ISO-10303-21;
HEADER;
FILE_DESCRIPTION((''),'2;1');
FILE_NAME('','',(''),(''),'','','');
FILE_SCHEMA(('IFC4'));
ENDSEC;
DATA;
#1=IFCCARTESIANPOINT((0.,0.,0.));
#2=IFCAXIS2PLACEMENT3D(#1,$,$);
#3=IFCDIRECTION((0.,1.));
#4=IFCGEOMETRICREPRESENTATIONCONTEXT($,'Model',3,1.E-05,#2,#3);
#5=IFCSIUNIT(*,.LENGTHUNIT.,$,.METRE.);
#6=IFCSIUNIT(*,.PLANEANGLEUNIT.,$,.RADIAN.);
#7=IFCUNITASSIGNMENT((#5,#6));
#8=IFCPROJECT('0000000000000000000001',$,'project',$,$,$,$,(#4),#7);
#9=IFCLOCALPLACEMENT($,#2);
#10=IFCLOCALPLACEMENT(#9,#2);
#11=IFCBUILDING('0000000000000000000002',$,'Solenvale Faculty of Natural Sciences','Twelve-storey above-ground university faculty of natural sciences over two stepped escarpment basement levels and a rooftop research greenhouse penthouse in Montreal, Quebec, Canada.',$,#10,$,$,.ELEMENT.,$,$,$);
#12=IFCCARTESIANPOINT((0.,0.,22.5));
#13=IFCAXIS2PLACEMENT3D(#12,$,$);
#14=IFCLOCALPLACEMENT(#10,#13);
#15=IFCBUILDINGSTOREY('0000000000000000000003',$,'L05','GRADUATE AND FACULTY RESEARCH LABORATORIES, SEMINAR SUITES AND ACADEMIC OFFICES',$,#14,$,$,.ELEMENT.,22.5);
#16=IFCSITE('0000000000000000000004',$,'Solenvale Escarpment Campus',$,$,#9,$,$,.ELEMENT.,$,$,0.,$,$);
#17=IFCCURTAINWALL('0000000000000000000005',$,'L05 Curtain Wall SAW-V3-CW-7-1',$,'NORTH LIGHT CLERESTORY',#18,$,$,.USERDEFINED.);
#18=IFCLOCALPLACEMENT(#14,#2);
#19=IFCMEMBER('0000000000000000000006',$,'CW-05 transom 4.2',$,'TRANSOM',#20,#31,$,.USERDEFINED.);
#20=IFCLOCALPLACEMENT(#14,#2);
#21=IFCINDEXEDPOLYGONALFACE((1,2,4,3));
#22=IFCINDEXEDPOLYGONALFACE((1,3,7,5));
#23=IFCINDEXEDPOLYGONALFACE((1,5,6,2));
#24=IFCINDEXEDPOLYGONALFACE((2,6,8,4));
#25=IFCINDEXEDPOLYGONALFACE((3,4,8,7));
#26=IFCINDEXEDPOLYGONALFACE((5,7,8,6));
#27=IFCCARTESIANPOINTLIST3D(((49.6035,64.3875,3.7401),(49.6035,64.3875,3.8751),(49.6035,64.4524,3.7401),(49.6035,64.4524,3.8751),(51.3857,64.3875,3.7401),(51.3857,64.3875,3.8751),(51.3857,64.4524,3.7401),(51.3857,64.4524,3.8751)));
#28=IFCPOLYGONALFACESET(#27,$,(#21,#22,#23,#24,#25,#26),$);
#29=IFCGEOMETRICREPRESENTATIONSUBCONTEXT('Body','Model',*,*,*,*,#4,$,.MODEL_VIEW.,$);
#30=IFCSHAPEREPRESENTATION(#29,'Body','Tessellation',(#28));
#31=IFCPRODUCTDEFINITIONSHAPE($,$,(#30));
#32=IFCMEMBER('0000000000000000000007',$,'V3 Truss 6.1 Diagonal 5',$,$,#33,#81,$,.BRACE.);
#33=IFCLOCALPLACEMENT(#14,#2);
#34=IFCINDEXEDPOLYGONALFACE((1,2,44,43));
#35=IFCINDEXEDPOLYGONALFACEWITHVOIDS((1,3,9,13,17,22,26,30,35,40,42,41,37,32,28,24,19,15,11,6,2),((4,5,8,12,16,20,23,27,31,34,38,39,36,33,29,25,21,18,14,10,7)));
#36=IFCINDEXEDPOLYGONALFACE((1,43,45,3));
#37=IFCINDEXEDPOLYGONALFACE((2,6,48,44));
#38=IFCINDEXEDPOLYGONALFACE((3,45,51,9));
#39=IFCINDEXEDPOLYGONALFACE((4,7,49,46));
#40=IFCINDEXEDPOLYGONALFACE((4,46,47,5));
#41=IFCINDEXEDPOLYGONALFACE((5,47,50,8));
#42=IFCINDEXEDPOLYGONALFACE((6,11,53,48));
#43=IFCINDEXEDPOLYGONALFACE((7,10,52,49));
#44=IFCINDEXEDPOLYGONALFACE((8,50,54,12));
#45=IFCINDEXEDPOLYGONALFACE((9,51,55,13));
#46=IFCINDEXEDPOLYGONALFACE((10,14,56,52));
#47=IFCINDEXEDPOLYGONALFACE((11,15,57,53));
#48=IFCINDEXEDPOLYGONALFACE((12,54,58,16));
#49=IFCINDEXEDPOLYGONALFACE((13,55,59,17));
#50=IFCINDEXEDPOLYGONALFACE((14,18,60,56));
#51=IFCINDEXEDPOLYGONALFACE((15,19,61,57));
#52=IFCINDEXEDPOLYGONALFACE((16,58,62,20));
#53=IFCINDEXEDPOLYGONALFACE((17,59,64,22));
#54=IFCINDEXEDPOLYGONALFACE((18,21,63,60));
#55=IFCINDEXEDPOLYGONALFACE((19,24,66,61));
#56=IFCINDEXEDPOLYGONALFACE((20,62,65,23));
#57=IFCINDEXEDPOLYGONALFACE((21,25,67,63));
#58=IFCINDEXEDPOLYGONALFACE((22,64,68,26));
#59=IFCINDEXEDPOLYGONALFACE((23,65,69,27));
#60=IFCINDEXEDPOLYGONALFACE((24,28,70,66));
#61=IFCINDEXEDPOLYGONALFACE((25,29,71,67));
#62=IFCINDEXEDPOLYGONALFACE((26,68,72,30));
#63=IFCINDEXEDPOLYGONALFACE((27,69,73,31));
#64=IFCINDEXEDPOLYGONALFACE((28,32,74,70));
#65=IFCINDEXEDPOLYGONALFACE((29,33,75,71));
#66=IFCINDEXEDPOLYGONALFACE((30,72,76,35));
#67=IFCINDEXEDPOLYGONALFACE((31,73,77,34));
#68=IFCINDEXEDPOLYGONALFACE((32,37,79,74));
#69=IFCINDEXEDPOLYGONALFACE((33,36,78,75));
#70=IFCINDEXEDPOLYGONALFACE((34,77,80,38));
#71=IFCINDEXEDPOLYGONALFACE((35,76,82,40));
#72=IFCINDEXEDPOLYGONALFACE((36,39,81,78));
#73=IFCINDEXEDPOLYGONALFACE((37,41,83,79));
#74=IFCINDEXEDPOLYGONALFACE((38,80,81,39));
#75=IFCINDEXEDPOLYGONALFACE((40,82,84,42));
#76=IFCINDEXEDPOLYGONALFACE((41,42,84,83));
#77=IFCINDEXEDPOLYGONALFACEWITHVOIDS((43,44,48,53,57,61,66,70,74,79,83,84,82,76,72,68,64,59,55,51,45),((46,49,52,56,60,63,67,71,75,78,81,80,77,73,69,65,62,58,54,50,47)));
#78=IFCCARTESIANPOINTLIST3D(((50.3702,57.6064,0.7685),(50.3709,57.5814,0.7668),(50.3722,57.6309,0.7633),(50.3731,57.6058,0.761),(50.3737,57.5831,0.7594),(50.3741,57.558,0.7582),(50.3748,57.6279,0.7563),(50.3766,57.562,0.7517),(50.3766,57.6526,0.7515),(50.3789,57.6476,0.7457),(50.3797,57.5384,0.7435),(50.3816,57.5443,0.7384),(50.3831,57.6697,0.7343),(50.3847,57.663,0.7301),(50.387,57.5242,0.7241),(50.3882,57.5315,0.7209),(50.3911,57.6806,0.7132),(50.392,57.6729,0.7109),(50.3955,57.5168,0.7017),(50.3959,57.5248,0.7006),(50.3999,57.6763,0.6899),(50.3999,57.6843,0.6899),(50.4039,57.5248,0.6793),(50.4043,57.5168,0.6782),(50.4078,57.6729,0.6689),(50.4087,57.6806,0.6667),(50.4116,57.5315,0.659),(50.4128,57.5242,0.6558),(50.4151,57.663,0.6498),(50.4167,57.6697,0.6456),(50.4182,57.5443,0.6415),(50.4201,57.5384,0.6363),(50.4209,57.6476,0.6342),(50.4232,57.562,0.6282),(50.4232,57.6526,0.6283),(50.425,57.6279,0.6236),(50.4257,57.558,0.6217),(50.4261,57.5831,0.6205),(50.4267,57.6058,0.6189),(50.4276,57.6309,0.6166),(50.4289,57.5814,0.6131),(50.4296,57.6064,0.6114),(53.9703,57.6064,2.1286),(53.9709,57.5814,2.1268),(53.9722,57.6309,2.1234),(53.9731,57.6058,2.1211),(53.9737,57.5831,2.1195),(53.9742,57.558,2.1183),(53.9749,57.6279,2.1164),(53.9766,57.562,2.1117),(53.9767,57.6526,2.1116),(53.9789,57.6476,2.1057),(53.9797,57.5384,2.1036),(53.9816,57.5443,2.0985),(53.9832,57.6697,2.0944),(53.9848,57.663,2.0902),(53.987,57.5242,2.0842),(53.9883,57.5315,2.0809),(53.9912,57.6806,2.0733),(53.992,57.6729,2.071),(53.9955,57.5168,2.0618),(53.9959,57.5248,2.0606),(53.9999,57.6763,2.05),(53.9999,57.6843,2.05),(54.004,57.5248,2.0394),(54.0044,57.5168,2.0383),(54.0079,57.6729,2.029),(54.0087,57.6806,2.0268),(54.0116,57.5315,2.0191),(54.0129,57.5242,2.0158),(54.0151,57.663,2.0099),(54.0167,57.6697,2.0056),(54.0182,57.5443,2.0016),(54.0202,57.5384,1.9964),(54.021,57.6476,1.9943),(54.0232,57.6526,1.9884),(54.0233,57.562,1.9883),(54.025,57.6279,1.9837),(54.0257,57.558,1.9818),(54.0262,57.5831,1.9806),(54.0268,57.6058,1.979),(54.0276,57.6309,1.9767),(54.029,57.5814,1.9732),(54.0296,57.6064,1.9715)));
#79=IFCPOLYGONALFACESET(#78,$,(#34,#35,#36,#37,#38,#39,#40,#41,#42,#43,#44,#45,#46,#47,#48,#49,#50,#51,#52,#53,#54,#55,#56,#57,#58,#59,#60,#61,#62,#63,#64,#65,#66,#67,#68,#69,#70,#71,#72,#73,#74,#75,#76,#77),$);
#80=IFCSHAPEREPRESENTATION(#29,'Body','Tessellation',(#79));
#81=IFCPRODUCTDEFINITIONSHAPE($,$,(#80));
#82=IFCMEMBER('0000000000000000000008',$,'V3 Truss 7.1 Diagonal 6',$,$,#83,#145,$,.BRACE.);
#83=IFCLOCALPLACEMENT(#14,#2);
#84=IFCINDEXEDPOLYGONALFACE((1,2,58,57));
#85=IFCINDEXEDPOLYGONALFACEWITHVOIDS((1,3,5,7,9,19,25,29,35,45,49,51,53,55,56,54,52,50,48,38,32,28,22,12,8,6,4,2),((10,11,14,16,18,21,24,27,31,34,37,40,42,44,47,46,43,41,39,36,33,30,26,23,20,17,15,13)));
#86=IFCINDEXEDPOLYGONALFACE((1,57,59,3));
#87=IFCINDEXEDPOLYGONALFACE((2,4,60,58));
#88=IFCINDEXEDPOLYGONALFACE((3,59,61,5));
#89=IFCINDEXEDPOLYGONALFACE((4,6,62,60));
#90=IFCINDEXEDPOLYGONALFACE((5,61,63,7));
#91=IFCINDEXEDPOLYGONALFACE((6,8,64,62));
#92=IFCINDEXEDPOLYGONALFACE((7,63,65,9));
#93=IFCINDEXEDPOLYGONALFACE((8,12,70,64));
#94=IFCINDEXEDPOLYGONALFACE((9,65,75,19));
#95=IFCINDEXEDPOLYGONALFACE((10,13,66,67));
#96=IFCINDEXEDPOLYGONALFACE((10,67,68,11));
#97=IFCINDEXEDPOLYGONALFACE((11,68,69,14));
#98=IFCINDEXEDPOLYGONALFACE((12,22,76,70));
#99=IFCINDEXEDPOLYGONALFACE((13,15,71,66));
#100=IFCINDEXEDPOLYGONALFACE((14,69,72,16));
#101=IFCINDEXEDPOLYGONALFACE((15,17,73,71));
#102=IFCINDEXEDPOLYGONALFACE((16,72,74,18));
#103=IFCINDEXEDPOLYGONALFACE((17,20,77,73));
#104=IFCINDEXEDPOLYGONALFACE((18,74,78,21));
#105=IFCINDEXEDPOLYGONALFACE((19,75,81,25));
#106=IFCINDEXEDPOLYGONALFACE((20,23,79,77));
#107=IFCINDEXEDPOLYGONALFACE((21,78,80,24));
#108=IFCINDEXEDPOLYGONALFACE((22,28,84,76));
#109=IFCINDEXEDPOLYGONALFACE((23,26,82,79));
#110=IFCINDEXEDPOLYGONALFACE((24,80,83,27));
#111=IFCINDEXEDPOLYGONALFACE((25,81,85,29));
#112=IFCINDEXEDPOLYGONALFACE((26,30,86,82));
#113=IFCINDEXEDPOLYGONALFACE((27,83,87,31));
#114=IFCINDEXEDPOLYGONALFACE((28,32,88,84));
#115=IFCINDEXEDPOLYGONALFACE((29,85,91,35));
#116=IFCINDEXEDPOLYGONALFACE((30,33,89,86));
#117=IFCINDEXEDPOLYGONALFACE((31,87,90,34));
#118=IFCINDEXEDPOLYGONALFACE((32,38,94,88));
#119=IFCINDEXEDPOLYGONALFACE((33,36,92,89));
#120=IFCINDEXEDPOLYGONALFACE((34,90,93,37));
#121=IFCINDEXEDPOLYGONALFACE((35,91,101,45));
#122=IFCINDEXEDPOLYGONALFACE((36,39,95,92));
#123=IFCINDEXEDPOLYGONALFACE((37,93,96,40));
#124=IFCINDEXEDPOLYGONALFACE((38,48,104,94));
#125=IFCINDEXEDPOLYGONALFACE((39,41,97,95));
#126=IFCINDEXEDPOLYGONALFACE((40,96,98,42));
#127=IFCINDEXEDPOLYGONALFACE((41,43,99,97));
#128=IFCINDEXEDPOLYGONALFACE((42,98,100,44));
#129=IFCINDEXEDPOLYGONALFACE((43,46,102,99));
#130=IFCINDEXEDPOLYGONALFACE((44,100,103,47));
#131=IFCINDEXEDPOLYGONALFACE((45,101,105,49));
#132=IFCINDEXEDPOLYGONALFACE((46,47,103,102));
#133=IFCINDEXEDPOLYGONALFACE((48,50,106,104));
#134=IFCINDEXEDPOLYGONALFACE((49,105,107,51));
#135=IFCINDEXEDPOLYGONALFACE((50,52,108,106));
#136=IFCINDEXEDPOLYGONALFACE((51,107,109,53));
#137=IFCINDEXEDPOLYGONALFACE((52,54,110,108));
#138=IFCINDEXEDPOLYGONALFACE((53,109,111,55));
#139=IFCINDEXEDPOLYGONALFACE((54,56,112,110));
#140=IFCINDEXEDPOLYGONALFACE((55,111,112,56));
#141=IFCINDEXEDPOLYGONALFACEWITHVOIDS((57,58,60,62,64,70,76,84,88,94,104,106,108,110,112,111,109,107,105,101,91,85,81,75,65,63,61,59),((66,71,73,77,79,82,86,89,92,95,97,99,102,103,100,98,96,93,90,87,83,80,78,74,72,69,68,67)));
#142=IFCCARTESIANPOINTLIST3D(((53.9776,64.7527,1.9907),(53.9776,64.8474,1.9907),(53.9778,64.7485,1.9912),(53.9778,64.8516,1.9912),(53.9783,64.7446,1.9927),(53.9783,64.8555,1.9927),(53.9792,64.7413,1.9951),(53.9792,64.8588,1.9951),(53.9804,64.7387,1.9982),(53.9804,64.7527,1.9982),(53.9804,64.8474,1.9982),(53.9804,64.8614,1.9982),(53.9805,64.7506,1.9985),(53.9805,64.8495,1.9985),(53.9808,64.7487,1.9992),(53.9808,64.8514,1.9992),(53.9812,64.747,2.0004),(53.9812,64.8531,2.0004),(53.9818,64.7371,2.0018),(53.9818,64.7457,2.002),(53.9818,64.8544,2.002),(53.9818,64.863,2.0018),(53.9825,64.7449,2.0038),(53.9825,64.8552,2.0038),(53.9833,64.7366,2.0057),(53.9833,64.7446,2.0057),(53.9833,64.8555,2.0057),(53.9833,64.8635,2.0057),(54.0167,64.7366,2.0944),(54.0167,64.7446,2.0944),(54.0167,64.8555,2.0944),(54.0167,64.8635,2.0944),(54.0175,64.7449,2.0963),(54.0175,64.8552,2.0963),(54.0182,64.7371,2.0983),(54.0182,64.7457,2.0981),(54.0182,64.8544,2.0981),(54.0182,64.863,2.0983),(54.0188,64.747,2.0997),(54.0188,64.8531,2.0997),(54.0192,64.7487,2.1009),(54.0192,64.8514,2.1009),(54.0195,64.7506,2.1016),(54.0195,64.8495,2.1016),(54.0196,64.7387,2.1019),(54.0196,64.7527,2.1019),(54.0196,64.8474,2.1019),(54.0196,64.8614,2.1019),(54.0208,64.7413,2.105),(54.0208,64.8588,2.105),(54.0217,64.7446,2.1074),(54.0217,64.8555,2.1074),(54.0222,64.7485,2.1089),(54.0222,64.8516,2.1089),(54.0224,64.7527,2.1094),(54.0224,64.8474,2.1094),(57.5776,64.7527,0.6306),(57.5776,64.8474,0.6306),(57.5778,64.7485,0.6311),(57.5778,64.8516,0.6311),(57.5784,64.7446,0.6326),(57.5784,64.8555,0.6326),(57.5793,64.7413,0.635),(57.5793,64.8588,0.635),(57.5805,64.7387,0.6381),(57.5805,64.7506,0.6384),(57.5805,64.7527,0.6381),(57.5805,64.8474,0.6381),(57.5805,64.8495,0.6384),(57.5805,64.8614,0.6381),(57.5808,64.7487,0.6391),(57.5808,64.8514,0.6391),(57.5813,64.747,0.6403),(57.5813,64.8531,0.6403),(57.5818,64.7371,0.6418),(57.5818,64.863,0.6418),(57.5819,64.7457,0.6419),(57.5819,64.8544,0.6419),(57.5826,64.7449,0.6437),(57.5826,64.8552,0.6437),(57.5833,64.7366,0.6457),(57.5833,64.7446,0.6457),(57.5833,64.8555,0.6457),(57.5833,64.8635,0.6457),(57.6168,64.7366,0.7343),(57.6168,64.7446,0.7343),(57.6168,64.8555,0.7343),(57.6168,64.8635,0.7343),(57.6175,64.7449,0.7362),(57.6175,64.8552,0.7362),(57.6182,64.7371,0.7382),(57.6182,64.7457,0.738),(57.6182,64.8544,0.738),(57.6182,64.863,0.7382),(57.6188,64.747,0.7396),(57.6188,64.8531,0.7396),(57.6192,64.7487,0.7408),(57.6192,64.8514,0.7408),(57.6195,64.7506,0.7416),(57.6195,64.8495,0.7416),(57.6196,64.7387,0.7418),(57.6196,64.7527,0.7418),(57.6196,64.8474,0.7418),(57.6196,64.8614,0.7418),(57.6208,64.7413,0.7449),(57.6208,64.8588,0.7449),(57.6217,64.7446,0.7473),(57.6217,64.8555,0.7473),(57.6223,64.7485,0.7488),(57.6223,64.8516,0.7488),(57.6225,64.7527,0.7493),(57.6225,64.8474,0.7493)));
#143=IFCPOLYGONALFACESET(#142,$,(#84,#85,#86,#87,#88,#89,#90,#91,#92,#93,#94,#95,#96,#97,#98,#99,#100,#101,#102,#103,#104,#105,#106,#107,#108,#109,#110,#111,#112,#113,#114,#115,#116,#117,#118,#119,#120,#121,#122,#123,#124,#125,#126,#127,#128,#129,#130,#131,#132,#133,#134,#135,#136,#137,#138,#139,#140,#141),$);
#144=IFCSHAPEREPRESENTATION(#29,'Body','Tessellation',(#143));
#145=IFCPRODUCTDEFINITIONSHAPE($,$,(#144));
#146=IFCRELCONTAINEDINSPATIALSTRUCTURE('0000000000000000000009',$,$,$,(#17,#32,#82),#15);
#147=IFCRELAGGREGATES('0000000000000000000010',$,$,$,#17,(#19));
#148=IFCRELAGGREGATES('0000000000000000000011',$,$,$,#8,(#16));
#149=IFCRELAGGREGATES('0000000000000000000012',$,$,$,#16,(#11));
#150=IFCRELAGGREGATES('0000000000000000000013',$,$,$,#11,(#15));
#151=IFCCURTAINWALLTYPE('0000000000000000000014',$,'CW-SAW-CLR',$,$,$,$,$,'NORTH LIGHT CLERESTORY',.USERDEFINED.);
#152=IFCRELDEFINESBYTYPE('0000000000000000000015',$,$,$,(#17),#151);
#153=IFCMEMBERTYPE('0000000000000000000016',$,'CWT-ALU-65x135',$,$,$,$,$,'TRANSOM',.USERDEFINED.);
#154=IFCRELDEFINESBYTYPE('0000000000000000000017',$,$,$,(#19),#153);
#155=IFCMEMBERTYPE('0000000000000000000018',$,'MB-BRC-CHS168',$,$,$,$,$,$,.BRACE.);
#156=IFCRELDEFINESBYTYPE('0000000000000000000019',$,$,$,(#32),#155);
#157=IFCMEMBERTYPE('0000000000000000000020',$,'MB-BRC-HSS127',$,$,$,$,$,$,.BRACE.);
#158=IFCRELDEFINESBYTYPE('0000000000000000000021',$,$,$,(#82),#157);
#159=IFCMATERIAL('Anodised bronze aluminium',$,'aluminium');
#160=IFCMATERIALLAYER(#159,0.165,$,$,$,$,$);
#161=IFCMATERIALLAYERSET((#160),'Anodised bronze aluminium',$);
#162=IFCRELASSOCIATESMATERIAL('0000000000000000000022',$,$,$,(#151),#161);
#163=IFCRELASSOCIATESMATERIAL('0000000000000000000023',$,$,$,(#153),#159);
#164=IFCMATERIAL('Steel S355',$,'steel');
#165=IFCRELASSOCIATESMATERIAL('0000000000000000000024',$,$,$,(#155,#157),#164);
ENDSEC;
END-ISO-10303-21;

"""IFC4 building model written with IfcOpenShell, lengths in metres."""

from ifc_helpers import new_model, si_unit, direction, frame, origin, origin_2d, place, context, subcontext, project, spatial, rectangle, hollow_rectangle, hollow_circle, extrude, material, layer, layer_set, material_profile, profile_set, type_object, element, aggregate, save


model = new_model("IFC4")

# Units and contexts
model_context = context("Model", 3, precision=1e-05, world=origin(), true_north=direction((0.0, 1.0)))
body_context = subcontext(model_context, "Body", "Model", "MODEL_VIEW")
ifc_project = project(units=[si_unit("LENGTHUNIT", "METRE"), si_unit("PLANEANGLEUNIT", "RADIAN")], contexts=[model_context])

# Site, building, storey
site_placement = place(None, origin())
site = spatial("IfcSite", under=ifc_project, at=site_placement, Name="Solenvale Escarpment Campus", CompositionType="ELEMENT", RefElevation=0.0)
building_placement = place(site_placement, origin())
building = spatial("IfcBuilding", under=site, at=building_placement, Name="Solenvale Faculty of Natural Sciences", Description="Twelve-storey above-ground university faculty of natural sciences over two stepped escarpment basement levels and a rooftop research greenhouse penthouse in Montreal, Quebec, Canada.", CompositionType="ELEMENT")
storey_placement = place(building_placement, frame((0.0, 0.0, 22.5)))
storey = spatial("IfcBuildingStorey", under=building, at=storey_placement, Name="L05", Description="GRADUATE AND FACULTY RESEARCH LABORATORIES, SEMINAR SUITES AND ACADEMIC OFFICES", CompositionType="ELEMENT", Elevation=22.5)

# Shared definitions
ifc_material_1 = material(Name="Steel S355", Category="steel")

# Curtain wall, member
ifc_material_2 = material(Name="Anodised bronze aluminium", Category="aluminium")
ifc_layer_1 = layer(ifc_material_2, 0.165)
ifc_layer_set_1 = layer_set([ifc_layer_1], Name="Anodised bronze aluminium")
curtain_wall_type = type_object("IfcCurtainWallType", Name="CW-SAW-CLR", ElementType="NORTH LIGHT CLERESTORY", PredefinedType="USERDEFINED", material=ifc_layer_set_1)
curtain_wall_placement = place(storey_placement, origin())
curtain_wall = element("IfcCurtainWall", 1, at=curtain_wall_placement, inside=storey, type_object=curtain_wall_type, Name="L05 Curtain Wall SAW-V3-CW-7-1", ObjectType="NORTH LIGHT CLERESTORY", PredefinedType="USERDEFINED")
ifc_material_profile_1 = material_profile(ifc_material_2, rectangle(XDim=0.0649, YDim=0.135, at=origin_2d()), Name="ALU-TRN-65x135")
ifc_profile_set_1 = profile_set([ifc_material_profile_1], Name="Anodised bronze aluminium")
member_type_1 = type_object("IfcMemberType", Name="CWT-ALU-65x135", ElementType="TRANSOM", PredefinedType="USERDEFINED", material=ifc_profile_set_1)
member_1_placement = place(storey_placement, frame((51.3857, 64.4199, 3.8076), z_axis=(-1.0, 0.0, 0.0), x_axis=(0.0, -1.0, 0.0)))
member_1 = element("IfcMember", 2, at=member_1_placement, type_object=member_type_1, Name="CW-05 transom 4.2", ObjectType="TRANSOM", PredefinedType="USERDEFINED", context=body_context, shape_type="SweptSolid", body=[
    extrude(rectangle(XDim=0.0649, YDim=0.135, at=origin_2d()), origin(), (0.0, 0.0, 1.0), 1.7822),
])

# Members
ifc_material_profile_2 = material_profile(ifc_material_1, hollow_circle(Radius=0.0842, WallThickness=0.0081, at=origin_2d()), Name="HSS168x8.0")
ifc_profile_set_2 = profile_set([ifc_material_profile_2], Name="Steel S355")
member_type_2 = type_object("IfcMemberType", Name="MB-BRC-CHS168", PredefinedType="BRACE", material=ifc_profile_set_2)
member_2_placement = place(storey_placement, frame((50.3999, 57.6001, 0.6899), z_axis=(0.935466, 0.0, 0.353417), x_axis=(0.0, 1.0, 0.0)))
element("IfcMember", 3, at=member_2_placement, inside=storey, type_object=member_type_2, Name="V3 Truss 6.1 Diagonal 5", PredefinedType="BRACE", context=body_context, shape_type="SweptSolid", body=[
    extrude(hollow_circle(Radius=0.0842, WallThickness=0.0081, at=origin_2d()), origin(), (0.0, 0.0, 1.0), 3.8484),
])
ifc_material_profile_3 = material_profile(ifc_material_1, hollow_rectangle(XDim=0.127, YDim=0.127, WallThickness=0.0081, InnerFilletRadius=0.0081, OuterFilletRadius=0.0161, at=origin_2d()), Name="HSS127x127x8.0")
ifc_profile_set_3 = profile_set([ifc_material_profile_3], Name="Steel S355")
member_type_3 = type_object("IfcMemberType", Name="MB-BRC-HSS127", PredefinedType="BRACE", material=ifc_profile_set_3)
member_3_placement = place(storey_placement, frame((54.0, 64.8, 2.05), z_axis=(0.935466, 0.0, -0.353417), x_axis=(0.0, 1.0, 0.0)))
element("IfcMember", 4, at=member_3_placement, inside=storey, type_object=member_type_3, Name="V3 Truss 7.1 Diagonal 6", PredefinedType="BRACE", context=body_context, shape_type="SweptSolid", body=[
    extrude(hollow_rectangle(XDim=0.127, YDim=0.127, WallThickness=0.0081, InnerFilletRadius=0.0081, OuterFilletRadius=0.0161, at=origin_2d()), origin(), (0.0, 0.0, 1.0), 3.8484),
])

aggregate(curtain_wall, [member_1])

save(model, "model.ifc")
